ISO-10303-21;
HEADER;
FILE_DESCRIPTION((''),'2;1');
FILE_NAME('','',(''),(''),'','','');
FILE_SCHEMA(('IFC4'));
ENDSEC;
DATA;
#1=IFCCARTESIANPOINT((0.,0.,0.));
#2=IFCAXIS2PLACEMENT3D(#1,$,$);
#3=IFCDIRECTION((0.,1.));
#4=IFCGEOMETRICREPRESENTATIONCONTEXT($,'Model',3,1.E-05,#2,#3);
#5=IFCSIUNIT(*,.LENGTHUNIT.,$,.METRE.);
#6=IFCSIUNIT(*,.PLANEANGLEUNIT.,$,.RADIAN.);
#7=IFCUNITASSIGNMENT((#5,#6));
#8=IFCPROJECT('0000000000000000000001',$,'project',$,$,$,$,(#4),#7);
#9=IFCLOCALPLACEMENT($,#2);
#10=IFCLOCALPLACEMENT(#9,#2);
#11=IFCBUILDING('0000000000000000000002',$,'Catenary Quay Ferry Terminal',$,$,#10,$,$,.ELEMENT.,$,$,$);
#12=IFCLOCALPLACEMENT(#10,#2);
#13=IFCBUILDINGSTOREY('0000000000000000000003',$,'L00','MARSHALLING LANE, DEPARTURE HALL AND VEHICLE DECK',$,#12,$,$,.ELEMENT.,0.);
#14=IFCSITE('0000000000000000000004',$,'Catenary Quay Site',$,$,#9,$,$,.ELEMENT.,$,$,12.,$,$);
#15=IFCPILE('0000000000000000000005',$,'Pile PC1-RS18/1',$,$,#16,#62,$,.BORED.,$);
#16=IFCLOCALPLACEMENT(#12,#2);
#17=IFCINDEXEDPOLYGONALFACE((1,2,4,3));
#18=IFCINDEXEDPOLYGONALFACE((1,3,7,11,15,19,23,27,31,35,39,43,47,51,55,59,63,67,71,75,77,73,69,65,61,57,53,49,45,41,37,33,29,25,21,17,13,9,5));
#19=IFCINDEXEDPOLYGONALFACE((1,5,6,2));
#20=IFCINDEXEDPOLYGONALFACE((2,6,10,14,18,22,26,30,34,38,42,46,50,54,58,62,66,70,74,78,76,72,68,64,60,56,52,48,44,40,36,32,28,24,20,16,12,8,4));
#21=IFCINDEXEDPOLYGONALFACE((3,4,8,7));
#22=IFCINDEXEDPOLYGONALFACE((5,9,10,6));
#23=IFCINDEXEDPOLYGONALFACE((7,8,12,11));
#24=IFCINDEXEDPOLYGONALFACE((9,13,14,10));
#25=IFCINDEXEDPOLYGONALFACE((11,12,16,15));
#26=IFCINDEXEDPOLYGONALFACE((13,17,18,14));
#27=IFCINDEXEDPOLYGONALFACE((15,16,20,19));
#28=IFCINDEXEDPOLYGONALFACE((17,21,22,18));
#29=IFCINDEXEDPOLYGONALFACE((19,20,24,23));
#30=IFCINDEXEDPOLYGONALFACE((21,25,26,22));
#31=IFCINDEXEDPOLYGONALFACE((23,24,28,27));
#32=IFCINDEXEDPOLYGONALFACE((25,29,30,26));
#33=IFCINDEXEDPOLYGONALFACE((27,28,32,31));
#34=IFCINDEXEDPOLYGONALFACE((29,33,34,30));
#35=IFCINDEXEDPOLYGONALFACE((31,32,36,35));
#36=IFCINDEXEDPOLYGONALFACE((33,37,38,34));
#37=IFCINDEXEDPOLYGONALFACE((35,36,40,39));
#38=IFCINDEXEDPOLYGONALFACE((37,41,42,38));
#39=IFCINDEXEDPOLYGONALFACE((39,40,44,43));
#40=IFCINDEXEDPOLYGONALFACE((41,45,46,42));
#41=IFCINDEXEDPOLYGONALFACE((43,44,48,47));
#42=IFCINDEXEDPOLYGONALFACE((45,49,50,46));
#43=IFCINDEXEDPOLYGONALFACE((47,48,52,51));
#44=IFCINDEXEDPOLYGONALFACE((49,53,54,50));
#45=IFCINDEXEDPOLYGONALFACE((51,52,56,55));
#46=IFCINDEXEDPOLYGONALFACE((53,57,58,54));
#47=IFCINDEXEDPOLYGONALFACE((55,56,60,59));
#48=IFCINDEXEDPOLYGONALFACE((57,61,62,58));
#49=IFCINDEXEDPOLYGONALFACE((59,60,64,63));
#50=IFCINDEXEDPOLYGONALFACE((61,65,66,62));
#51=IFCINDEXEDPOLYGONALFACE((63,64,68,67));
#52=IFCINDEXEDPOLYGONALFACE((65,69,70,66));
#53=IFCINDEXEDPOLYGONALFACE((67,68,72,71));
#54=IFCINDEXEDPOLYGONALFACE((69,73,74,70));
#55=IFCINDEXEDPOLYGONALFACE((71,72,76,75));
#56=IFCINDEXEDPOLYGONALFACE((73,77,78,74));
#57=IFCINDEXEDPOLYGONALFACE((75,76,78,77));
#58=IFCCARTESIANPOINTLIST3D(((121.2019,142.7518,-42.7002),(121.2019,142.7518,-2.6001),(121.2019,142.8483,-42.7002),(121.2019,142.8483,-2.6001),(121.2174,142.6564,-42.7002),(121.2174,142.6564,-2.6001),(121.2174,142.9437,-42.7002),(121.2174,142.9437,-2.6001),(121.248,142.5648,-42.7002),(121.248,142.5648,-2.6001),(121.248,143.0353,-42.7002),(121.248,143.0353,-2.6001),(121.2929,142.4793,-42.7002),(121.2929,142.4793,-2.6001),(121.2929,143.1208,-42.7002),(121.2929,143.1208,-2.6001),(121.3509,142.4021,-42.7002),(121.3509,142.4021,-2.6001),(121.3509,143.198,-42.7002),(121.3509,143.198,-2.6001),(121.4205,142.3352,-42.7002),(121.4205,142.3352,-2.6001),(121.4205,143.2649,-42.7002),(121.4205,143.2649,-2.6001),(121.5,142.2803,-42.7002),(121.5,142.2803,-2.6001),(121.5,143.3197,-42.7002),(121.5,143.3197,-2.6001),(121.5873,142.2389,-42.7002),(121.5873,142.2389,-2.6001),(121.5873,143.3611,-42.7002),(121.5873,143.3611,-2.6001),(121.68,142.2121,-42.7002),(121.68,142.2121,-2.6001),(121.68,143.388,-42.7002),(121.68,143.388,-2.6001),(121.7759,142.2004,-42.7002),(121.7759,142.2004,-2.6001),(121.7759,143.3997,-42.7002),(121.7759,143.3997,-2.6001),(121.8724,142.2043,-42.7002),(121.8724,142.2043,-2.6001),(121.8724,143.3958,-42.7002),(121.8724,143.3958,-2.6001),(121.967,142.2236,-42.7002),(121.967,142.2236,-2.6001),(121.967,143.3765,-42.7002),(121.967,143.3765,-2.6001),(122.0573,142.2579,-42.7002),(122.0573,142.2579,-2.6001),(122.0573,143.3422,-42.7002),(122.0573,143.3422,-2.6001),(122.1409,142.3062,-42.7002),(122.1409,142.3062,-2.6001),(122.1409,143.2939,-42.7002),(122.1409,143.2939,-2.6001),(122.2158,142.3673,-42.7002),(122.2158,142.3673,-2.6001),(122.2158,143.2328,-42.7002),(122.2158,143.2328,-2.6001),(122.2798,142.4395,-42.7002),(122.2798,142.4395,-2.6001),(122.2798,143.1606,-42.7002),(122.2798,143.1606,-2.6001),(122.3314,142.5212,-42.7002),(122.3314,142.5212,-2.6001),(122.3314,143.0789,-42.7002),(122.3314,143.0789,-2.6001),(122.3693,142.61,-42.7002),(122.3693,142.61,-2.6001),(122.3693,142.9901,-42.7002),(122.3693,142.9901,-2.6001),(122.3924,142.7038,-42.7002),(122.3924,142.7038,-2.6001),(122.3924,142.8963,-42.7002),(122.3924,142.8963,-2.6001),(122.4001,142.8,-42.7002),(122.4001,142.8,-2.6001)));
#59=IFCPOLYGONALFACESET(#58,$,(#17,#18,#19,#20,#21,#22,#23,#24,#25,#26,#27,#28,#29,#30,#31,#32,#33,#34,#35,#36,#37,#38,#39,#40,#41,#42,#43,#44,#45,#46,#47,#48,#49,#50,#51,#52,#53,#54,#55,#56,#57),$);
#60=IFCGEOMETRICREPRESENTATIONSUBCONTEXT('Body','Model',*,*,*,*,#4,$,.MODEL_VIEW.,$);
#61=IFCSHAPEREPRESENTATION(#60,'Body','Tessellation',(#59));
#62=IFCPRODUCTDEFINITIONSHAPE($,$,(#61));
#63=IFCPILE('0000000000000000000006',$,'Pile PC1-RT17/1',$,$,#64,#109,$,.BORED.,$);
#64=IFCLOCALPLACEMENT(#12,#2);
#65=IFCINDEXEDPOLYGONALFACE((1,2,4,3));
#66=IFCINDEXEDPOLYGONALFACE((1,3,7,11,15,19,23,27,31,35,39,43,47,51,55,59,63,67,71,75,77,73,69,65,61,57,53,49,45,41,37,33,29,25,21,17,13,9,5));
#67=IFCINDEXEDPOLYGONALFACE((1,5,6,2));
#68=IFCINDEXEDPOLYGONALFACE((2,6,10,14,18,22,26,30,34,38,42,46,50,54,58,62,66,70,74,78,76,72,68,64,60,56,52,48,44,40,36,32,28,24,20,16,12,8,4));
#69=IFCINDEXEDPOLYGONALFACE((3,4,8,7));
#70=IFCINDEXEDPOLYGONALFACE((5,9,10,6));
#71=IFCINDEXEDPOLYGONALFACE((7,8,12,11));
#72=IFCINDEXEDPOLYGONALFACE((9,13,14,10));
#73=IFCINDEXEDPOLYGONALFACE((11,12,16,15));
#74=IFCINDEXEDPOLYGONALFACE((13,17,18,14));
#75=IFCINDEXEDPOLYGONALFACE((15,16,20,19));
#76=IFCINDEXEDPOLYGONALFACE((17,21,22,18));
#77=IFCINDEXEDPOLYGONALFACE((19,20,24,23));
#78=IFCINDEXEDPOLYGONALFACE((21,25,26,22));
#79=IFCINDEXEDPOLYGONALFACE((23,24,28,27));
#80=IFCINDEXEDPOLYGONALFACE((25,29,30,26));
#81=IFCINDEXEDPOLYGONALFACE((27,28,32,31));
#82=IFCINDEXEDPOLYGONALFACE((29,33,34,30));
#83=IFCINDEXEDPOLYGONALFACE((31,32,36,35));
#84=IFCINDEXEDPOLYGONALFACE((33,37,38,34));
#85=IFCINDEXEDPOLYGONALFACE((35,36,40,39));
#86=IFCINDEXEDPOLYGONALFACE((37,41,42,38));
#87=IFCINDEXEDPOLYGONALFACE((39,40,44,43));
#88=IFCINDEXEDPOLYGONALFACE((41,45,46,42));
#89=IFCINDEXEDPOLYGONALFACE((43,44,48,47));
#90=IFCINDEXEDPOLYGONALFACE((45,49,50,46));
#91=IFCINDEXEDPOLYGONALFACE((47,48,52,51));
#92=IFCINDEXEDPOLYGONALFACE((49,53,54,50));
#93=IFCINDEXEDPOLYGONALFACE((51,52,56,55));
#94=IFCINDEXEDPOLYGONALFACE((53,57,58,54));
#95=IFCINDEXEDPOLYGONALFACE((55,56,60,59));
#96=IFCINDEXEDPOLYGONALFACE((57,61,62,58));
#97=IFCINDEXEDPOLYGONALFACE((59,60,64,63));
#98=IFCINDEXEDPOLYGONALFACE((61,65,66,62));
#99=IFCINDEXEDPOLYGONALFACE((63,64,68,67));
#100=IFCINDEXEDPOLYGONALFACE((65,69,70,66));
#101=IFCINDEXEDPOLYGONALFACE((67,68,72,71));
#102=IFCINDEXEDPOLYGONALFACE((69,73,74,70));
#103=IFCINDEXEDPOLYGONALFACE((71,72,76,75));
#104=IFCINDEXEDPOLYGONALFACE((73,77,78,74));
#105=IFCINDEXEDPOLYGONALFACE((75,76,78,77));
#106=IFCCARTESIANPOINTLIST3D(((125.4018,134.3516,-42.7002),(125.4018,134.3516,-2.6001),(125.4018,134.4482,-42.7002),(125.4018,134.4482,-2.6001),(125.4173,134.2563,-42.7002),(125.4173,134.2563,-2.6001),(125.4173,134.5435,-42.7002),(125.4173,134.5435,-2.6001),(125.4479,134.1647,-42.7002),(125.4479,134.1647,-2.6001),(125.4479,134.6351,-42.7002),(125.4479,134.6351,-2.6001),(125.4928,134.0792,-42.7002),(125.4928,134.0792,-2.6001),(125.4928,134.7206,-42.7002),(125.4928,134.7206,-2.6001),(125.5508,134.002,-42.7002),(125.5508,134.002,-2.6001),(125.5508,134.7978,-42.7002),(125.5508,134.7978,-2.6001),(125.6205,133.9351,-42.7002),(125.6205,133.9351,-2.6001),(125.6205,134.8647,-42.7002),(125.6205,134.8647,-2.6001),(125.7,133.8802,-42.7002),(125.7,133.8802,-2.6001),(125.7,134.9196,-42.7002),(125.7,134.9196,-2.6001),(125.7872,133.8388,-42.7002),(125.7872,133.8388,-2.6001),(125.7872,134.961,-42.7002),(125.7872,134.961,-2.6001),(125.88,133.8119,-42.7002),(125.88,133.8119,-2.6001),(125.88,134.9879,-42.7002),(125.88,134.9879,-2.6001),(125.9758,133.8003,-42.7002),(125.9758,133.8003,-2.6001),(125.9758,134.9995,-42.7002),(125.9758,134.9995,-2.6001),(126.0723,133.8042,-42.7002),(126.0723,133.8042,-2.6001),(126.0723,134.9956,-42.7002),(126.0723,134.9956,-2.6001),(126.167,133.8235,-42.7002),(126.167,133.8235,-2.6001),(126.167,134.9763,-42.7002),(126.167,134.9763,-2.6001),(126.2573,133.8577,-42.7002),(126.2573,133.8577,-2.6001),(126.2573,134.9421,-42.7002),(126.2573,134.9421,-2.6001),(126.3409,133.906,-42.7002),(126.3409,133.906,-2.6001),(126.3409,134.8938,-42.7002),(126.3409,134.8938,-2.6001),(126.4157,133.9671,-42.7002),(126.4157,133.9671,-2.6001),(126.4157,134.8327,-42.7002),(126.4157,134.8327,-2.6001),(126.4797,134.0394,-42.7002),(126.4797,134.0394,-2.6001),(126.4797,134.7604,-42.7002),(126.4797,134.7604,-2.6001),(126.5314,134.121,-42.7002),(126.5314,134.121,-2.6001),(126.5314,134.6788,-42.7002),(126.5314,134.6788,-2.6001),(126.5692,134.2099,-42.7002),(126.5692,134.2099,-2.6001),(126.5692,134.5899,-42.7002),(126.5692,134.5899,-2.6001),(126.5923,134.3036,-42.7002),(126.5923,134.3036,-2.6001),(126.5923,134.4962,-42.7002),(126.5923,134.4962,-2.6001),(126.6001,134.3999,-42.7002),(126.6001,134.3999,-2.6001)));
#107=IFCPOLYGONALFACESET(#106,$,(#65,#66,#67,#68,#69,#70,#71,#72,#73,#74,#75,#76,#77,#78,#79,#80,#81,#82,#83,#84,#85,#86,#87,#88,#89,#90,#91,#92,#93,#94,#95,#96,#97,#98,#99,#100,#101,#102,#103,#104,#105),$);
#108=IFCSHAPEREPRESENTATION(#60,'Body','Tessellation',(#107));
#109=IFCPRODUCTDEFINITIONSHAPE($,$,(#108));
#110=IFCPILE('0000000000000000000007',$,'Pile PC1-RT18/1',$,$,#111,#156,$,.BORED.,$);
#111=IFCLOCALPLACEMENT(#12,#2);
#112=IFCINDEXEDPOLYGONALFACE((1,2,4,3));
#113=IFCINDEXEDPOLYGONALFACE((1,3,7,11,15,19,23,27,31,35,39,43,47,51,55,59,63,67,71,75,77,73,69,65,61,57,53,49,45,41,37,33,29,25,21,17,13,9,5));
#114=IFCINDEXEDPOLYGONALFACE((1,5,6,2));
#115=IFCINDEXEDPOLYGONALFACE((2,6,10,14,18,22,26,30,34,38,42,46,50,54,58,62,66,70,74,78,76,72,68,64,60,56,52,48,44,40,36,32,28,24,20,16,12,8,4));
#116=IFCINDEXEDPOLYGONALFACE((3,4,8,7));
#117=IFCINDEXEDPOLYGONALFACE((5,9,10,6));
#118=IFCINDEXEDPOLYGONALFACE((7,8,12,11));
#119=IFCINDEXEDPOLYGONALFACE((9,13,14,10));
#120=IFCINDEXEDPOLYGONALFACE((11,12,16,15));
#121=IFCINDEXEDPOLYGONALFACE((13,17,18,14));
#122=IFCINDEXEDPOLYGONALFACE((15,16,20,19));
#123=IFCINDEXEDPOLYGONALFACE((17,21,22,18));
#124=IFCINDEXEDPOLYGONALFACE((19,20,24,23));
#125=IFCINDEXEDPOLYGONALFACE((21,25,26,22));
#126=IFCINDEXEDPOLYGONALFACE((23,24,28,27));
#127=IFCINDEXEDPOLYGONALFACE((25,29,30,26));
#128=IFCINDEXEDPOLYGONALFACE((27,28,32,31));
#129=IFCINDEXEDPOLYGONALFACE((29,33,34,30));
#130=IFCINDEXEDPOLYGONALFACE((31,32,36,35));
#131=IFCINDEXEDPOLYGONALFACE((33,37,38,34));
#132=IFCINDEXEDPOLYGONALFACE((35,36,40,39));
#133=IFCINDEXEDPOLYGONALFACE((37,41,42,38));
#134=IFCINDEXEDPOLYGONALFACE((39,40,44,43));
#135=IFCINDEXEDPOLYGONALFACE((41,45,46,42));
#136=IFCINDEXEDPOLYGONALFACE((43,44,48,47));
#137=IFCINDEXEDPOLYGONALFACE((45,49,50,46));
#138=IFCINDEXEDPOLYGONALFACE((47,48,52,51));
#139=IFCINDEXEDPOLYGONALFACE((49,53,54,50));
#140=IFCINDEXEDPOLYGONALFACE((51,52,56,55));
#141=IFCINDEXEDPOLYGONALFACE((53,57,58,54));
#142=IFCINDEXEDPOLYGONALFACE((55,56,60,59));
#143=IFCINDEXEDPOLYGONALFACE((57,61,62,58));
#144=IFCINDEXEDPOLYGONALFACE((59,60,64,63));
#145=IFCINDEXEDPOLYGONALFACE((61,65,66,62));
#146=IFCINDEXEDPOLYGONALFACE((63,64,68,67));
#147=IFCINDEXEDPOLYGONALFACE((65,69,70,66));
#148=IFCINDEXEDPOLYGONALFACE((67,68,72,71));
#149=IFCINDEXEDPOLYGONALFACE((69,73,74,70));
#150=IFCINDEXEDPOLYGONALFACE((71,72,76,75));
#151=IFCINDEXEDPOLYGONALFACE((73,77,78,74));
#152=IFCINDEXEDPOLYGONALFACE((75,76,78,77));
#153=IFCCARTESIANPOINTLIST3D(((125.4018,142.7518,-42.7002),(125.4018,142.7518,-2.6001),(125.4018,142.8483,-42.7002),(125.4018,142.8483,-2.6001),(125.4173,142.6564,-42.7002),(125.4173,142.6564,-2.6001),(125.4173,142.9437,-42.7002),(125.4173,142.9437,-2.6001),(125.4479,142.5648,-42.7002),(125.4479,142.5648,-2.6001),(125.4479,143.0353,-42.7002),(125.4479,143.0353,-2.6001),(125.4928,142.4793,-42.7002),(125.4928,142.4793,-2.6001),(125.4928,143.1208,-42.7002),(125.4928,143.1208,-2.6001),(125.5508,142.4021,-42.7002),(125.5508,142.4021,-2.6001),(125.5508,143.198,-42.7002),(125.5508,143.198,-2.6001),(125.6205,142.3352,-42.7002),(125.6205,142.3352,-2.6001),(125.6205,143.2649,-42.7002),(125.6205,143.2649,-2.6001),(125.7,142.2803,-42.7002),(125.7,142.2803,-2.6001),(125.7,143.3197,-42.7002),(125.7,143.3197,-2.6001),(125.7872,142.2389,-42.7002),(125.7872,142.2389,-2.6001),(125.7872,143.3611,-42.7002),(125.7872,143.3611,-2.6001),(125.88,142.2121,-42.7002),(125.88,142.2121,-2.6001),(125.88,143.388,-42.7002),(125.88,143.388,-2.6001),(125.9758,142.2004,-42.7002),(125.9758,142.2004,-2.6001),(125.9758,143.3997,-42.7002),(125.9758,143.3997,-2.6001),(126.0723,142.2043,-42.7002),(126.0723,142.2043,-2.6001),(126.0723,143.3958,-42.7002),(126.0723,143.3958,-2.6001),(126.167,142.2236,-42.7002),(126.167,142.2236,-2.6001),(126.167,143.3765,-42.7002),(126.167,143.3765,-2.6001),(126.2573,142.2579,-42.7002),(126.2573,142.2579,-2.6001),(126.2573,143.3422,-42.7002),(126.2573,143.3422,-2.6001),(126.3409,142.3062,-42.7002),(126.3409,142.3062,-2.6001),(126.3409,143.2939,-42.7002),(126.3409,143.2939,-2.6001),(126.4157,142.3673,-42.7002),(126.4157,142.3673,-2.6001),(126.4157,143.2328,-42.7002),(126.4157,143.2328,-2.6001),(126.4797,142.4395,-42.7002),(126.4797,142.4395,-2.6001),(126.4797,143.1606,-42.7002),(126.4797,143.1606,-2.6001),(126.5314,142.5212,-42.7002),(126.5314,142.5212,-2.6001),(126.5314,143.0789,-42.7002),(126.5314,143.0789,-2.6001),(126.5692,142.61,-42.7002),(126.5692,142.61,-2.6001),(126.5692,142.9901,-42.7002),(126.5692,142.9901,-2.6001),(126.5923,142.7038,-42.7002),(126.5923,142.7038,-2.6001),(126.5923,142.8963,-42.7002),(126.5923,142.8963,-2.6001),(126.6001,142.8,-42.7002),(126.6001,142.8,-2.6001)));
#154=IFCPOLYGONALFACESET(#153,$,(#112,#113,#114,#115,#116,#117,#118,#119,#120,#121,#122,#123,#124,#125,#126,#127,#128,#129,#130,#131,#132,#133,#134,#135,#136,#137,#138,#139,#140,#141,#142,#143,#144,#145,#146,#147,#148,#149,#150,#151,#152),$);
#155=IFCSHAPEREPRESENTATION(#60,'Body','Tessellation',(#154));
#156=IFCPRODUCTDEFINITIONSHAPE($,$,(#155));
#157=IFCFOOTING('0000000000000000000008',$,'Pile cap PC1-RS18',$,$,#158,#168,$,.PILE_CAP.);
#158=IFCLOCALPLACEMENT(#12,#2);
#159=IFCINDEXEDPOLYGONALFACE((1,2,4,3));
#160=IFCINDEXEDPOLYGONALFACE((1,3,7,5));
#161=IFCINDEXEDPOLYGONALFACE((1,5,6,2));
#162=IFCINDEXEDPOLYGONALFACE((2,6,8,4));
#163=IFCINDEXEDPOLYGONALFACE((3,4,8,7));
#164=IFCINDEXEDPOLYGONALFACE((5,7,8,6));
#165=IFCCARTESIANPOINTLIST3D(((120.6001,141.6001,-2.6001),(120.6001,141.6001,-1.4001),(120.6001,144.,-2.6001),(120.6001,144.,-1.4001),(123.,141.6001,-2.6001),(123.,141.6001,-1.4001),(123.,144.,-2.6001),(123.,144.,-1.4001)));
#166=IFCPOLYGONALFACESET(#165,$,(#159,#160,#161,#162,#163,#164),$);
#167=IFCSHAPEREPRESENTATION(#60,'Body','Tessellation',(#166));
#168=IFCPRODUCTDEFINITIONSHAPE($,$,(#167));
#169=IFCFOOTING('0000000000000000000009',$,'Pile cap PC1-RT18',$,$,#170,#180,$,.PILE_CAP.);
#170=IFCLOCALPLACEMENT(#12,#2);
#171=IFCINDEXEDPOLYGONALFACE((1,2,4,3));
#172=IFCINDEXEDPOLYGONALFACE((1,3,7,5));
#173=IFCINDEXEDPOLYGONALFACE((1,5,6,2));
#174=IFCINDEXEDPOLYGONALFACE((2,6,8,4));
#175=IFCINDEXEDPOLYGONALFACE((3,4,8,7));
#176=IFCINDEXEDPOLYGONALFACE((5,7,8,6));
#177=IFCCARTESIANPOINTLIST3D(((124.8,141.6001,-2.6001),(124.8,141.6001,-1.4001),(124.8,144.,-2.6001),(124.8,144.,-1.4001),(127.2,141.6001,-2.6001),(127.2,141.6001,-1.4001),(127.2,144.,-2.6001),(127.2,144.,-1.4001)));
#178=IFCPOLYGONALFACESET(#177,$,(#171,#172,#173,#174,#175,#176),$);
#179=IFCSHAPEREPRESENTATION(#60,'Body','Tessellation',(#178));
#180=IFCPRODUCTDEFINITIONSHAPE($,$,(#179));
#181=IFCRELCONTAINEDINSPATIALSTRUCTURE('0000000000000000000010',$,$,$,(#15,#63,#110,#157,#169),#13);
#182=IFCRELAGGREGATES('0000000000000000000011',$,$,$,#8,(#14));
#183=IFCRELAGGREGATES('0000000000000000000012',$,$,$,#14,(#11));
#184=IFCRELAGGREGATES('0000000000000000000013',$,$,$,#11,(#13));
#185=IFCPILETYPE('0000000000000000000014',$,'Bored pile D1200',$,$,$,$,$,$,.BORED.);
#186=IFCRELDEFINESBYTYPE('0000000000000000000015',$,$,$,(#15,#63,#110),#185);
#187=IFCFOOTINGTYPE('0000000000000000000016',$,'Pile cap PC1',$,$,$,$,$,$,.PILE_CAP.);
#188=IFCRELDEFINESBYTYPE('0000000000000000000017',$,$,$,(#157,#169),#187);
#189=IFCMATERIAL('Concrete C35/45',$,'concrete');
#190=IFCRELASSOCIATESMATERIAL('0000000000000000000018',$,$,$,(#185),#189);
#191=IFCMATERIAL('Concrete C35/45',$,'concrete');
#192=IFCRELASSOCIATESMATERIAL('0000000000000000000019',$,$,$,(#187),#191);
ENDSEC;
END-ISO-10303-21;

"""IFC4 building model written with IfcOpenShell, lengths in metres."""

from ifc_helpers import new_model, si_unit, direction, frame, origin, origin_2d, place, context, subcontext, project, spatial, rectangle, circle, extrude, material, material_profile, profile_set, type_object, element, save


model = new_model("IFC4")

# Units and contexts
model_context = context("Model", 3, precision=1e-05, world=origin(), true_north=direction((0.0, 1.0)))
body_context = subcontext(model_context, "Body", "Model", "MODEL_VIEW")
ifc_project = project(units=[si_unit("LENGTHUNIT", "METRE"), si_unit("PLANEANGLEUNIT", "RADIAN")], contexts=[model_context])

# Site, building, storey
site_placement = place(None, origin())
site = spatial("IfcSite", under=ifc_project, at=site_placement, Name="Catenary Quay Site", CompositionType="ELEMENT", RefElevation=12.0)
building_placement = place(site_placement, origin())
building = spatial("IfcBuilding", under=site, at=building_placement, Name="Catenary Quay Ferry Terminal", CompositionType="ELEMENT")
storey_placement = place(building_placement, origin())
storey = spatial("IfcBuildingStorey", under=building, at=storey_placement, Name="L00", Description="MARSHALLING LANE, DEPARTURE HALL AND VEHICLE DECK", CompositionType="ELEMENT", Elevation=0.0)

# Piles
ifc_material_1 = material(Name="Concrete C35/45", Category="concrete")
ifc_material_profile = material_profile(ifc_material_1, circle(Radius=0.6001, at=origin_2d()), Name="D1200")
ifc_profile_set = profile_set([ifc_material_profile], Name="Concrete C35/45")
pile_type = type_object("IfcPileType", Name="Bored pile D1200", PredefinedType="BORED", material=ifc_profile_set)
for number, where, z_axis, x_axis, name in (
    (1, (121.8, 142.8, -2.6001), (0.0, 0.0, -1.0), (1.0, 0.0, 0.0), "Pile PC1-RS18/1"),
    (2, (126.0, 134.3999, -2.6001), (0.0, 0.0, -1.0), (1.0, 0.0, 0.0), "Pile PC1-RT17/1"),
    (3, (126.0, 142.8, -2.6001), (0.0, 0.0, -1.0), (1.0, 0.0, 0.0), "Pile PC1-RT18/1"),
):
    element("IfcPile", number, at=place(storey_placement, frame(where, z_axis=z_axis, x_axis=x_axis)), inside=storey, type_object=pile_type, Name=name, PredefinedType="BORED", context=body_context, shape_type="SweptSolid", body=[
        extrude(circle(Radius=0.6001, at=origin_2d()), origin(), (0.0, 0.0, 1.0), 40.1001),
    ])

# Footings
ifc_material_2 = material(Name="Concrete C35/45", Category="concrete")
footing_type = type_object("IfcFootingType", Name="Pile cap PC1", PredefinedType="PILE_CAP", material=ifc_material_2)
for number, where, z_axis, x_axis, name in (
    (4, (121.8, 142.8, -2.6001), (0.0, 0.0, 1.0), (1.0, 0.0, 0.0), "Pile cap PC1-RS18"),
    (5, (126.0, 142.8, -2.6001), (0.0, 0.0, 1.0), (1.0, 0.0, 0.0), "Pile cap PC1-RT18"),
):
    element("IfcFooting", number, at=place(storey_placement, frame(where, z_axis=z_axis, x_axis=x_axis)), inside=storey, type_object=footing_type, Name=name, PredefinedType="PILE_CAP", context=body_context, shape_type="SweptSolid", body=[
        extrude(rectangle(XDim=2.3999, YDim=2.3999, at=origin_2d()), origin(), (0.0, 0.0, 1.0), 1.2),
    ])

save(model, "model.ifc")
